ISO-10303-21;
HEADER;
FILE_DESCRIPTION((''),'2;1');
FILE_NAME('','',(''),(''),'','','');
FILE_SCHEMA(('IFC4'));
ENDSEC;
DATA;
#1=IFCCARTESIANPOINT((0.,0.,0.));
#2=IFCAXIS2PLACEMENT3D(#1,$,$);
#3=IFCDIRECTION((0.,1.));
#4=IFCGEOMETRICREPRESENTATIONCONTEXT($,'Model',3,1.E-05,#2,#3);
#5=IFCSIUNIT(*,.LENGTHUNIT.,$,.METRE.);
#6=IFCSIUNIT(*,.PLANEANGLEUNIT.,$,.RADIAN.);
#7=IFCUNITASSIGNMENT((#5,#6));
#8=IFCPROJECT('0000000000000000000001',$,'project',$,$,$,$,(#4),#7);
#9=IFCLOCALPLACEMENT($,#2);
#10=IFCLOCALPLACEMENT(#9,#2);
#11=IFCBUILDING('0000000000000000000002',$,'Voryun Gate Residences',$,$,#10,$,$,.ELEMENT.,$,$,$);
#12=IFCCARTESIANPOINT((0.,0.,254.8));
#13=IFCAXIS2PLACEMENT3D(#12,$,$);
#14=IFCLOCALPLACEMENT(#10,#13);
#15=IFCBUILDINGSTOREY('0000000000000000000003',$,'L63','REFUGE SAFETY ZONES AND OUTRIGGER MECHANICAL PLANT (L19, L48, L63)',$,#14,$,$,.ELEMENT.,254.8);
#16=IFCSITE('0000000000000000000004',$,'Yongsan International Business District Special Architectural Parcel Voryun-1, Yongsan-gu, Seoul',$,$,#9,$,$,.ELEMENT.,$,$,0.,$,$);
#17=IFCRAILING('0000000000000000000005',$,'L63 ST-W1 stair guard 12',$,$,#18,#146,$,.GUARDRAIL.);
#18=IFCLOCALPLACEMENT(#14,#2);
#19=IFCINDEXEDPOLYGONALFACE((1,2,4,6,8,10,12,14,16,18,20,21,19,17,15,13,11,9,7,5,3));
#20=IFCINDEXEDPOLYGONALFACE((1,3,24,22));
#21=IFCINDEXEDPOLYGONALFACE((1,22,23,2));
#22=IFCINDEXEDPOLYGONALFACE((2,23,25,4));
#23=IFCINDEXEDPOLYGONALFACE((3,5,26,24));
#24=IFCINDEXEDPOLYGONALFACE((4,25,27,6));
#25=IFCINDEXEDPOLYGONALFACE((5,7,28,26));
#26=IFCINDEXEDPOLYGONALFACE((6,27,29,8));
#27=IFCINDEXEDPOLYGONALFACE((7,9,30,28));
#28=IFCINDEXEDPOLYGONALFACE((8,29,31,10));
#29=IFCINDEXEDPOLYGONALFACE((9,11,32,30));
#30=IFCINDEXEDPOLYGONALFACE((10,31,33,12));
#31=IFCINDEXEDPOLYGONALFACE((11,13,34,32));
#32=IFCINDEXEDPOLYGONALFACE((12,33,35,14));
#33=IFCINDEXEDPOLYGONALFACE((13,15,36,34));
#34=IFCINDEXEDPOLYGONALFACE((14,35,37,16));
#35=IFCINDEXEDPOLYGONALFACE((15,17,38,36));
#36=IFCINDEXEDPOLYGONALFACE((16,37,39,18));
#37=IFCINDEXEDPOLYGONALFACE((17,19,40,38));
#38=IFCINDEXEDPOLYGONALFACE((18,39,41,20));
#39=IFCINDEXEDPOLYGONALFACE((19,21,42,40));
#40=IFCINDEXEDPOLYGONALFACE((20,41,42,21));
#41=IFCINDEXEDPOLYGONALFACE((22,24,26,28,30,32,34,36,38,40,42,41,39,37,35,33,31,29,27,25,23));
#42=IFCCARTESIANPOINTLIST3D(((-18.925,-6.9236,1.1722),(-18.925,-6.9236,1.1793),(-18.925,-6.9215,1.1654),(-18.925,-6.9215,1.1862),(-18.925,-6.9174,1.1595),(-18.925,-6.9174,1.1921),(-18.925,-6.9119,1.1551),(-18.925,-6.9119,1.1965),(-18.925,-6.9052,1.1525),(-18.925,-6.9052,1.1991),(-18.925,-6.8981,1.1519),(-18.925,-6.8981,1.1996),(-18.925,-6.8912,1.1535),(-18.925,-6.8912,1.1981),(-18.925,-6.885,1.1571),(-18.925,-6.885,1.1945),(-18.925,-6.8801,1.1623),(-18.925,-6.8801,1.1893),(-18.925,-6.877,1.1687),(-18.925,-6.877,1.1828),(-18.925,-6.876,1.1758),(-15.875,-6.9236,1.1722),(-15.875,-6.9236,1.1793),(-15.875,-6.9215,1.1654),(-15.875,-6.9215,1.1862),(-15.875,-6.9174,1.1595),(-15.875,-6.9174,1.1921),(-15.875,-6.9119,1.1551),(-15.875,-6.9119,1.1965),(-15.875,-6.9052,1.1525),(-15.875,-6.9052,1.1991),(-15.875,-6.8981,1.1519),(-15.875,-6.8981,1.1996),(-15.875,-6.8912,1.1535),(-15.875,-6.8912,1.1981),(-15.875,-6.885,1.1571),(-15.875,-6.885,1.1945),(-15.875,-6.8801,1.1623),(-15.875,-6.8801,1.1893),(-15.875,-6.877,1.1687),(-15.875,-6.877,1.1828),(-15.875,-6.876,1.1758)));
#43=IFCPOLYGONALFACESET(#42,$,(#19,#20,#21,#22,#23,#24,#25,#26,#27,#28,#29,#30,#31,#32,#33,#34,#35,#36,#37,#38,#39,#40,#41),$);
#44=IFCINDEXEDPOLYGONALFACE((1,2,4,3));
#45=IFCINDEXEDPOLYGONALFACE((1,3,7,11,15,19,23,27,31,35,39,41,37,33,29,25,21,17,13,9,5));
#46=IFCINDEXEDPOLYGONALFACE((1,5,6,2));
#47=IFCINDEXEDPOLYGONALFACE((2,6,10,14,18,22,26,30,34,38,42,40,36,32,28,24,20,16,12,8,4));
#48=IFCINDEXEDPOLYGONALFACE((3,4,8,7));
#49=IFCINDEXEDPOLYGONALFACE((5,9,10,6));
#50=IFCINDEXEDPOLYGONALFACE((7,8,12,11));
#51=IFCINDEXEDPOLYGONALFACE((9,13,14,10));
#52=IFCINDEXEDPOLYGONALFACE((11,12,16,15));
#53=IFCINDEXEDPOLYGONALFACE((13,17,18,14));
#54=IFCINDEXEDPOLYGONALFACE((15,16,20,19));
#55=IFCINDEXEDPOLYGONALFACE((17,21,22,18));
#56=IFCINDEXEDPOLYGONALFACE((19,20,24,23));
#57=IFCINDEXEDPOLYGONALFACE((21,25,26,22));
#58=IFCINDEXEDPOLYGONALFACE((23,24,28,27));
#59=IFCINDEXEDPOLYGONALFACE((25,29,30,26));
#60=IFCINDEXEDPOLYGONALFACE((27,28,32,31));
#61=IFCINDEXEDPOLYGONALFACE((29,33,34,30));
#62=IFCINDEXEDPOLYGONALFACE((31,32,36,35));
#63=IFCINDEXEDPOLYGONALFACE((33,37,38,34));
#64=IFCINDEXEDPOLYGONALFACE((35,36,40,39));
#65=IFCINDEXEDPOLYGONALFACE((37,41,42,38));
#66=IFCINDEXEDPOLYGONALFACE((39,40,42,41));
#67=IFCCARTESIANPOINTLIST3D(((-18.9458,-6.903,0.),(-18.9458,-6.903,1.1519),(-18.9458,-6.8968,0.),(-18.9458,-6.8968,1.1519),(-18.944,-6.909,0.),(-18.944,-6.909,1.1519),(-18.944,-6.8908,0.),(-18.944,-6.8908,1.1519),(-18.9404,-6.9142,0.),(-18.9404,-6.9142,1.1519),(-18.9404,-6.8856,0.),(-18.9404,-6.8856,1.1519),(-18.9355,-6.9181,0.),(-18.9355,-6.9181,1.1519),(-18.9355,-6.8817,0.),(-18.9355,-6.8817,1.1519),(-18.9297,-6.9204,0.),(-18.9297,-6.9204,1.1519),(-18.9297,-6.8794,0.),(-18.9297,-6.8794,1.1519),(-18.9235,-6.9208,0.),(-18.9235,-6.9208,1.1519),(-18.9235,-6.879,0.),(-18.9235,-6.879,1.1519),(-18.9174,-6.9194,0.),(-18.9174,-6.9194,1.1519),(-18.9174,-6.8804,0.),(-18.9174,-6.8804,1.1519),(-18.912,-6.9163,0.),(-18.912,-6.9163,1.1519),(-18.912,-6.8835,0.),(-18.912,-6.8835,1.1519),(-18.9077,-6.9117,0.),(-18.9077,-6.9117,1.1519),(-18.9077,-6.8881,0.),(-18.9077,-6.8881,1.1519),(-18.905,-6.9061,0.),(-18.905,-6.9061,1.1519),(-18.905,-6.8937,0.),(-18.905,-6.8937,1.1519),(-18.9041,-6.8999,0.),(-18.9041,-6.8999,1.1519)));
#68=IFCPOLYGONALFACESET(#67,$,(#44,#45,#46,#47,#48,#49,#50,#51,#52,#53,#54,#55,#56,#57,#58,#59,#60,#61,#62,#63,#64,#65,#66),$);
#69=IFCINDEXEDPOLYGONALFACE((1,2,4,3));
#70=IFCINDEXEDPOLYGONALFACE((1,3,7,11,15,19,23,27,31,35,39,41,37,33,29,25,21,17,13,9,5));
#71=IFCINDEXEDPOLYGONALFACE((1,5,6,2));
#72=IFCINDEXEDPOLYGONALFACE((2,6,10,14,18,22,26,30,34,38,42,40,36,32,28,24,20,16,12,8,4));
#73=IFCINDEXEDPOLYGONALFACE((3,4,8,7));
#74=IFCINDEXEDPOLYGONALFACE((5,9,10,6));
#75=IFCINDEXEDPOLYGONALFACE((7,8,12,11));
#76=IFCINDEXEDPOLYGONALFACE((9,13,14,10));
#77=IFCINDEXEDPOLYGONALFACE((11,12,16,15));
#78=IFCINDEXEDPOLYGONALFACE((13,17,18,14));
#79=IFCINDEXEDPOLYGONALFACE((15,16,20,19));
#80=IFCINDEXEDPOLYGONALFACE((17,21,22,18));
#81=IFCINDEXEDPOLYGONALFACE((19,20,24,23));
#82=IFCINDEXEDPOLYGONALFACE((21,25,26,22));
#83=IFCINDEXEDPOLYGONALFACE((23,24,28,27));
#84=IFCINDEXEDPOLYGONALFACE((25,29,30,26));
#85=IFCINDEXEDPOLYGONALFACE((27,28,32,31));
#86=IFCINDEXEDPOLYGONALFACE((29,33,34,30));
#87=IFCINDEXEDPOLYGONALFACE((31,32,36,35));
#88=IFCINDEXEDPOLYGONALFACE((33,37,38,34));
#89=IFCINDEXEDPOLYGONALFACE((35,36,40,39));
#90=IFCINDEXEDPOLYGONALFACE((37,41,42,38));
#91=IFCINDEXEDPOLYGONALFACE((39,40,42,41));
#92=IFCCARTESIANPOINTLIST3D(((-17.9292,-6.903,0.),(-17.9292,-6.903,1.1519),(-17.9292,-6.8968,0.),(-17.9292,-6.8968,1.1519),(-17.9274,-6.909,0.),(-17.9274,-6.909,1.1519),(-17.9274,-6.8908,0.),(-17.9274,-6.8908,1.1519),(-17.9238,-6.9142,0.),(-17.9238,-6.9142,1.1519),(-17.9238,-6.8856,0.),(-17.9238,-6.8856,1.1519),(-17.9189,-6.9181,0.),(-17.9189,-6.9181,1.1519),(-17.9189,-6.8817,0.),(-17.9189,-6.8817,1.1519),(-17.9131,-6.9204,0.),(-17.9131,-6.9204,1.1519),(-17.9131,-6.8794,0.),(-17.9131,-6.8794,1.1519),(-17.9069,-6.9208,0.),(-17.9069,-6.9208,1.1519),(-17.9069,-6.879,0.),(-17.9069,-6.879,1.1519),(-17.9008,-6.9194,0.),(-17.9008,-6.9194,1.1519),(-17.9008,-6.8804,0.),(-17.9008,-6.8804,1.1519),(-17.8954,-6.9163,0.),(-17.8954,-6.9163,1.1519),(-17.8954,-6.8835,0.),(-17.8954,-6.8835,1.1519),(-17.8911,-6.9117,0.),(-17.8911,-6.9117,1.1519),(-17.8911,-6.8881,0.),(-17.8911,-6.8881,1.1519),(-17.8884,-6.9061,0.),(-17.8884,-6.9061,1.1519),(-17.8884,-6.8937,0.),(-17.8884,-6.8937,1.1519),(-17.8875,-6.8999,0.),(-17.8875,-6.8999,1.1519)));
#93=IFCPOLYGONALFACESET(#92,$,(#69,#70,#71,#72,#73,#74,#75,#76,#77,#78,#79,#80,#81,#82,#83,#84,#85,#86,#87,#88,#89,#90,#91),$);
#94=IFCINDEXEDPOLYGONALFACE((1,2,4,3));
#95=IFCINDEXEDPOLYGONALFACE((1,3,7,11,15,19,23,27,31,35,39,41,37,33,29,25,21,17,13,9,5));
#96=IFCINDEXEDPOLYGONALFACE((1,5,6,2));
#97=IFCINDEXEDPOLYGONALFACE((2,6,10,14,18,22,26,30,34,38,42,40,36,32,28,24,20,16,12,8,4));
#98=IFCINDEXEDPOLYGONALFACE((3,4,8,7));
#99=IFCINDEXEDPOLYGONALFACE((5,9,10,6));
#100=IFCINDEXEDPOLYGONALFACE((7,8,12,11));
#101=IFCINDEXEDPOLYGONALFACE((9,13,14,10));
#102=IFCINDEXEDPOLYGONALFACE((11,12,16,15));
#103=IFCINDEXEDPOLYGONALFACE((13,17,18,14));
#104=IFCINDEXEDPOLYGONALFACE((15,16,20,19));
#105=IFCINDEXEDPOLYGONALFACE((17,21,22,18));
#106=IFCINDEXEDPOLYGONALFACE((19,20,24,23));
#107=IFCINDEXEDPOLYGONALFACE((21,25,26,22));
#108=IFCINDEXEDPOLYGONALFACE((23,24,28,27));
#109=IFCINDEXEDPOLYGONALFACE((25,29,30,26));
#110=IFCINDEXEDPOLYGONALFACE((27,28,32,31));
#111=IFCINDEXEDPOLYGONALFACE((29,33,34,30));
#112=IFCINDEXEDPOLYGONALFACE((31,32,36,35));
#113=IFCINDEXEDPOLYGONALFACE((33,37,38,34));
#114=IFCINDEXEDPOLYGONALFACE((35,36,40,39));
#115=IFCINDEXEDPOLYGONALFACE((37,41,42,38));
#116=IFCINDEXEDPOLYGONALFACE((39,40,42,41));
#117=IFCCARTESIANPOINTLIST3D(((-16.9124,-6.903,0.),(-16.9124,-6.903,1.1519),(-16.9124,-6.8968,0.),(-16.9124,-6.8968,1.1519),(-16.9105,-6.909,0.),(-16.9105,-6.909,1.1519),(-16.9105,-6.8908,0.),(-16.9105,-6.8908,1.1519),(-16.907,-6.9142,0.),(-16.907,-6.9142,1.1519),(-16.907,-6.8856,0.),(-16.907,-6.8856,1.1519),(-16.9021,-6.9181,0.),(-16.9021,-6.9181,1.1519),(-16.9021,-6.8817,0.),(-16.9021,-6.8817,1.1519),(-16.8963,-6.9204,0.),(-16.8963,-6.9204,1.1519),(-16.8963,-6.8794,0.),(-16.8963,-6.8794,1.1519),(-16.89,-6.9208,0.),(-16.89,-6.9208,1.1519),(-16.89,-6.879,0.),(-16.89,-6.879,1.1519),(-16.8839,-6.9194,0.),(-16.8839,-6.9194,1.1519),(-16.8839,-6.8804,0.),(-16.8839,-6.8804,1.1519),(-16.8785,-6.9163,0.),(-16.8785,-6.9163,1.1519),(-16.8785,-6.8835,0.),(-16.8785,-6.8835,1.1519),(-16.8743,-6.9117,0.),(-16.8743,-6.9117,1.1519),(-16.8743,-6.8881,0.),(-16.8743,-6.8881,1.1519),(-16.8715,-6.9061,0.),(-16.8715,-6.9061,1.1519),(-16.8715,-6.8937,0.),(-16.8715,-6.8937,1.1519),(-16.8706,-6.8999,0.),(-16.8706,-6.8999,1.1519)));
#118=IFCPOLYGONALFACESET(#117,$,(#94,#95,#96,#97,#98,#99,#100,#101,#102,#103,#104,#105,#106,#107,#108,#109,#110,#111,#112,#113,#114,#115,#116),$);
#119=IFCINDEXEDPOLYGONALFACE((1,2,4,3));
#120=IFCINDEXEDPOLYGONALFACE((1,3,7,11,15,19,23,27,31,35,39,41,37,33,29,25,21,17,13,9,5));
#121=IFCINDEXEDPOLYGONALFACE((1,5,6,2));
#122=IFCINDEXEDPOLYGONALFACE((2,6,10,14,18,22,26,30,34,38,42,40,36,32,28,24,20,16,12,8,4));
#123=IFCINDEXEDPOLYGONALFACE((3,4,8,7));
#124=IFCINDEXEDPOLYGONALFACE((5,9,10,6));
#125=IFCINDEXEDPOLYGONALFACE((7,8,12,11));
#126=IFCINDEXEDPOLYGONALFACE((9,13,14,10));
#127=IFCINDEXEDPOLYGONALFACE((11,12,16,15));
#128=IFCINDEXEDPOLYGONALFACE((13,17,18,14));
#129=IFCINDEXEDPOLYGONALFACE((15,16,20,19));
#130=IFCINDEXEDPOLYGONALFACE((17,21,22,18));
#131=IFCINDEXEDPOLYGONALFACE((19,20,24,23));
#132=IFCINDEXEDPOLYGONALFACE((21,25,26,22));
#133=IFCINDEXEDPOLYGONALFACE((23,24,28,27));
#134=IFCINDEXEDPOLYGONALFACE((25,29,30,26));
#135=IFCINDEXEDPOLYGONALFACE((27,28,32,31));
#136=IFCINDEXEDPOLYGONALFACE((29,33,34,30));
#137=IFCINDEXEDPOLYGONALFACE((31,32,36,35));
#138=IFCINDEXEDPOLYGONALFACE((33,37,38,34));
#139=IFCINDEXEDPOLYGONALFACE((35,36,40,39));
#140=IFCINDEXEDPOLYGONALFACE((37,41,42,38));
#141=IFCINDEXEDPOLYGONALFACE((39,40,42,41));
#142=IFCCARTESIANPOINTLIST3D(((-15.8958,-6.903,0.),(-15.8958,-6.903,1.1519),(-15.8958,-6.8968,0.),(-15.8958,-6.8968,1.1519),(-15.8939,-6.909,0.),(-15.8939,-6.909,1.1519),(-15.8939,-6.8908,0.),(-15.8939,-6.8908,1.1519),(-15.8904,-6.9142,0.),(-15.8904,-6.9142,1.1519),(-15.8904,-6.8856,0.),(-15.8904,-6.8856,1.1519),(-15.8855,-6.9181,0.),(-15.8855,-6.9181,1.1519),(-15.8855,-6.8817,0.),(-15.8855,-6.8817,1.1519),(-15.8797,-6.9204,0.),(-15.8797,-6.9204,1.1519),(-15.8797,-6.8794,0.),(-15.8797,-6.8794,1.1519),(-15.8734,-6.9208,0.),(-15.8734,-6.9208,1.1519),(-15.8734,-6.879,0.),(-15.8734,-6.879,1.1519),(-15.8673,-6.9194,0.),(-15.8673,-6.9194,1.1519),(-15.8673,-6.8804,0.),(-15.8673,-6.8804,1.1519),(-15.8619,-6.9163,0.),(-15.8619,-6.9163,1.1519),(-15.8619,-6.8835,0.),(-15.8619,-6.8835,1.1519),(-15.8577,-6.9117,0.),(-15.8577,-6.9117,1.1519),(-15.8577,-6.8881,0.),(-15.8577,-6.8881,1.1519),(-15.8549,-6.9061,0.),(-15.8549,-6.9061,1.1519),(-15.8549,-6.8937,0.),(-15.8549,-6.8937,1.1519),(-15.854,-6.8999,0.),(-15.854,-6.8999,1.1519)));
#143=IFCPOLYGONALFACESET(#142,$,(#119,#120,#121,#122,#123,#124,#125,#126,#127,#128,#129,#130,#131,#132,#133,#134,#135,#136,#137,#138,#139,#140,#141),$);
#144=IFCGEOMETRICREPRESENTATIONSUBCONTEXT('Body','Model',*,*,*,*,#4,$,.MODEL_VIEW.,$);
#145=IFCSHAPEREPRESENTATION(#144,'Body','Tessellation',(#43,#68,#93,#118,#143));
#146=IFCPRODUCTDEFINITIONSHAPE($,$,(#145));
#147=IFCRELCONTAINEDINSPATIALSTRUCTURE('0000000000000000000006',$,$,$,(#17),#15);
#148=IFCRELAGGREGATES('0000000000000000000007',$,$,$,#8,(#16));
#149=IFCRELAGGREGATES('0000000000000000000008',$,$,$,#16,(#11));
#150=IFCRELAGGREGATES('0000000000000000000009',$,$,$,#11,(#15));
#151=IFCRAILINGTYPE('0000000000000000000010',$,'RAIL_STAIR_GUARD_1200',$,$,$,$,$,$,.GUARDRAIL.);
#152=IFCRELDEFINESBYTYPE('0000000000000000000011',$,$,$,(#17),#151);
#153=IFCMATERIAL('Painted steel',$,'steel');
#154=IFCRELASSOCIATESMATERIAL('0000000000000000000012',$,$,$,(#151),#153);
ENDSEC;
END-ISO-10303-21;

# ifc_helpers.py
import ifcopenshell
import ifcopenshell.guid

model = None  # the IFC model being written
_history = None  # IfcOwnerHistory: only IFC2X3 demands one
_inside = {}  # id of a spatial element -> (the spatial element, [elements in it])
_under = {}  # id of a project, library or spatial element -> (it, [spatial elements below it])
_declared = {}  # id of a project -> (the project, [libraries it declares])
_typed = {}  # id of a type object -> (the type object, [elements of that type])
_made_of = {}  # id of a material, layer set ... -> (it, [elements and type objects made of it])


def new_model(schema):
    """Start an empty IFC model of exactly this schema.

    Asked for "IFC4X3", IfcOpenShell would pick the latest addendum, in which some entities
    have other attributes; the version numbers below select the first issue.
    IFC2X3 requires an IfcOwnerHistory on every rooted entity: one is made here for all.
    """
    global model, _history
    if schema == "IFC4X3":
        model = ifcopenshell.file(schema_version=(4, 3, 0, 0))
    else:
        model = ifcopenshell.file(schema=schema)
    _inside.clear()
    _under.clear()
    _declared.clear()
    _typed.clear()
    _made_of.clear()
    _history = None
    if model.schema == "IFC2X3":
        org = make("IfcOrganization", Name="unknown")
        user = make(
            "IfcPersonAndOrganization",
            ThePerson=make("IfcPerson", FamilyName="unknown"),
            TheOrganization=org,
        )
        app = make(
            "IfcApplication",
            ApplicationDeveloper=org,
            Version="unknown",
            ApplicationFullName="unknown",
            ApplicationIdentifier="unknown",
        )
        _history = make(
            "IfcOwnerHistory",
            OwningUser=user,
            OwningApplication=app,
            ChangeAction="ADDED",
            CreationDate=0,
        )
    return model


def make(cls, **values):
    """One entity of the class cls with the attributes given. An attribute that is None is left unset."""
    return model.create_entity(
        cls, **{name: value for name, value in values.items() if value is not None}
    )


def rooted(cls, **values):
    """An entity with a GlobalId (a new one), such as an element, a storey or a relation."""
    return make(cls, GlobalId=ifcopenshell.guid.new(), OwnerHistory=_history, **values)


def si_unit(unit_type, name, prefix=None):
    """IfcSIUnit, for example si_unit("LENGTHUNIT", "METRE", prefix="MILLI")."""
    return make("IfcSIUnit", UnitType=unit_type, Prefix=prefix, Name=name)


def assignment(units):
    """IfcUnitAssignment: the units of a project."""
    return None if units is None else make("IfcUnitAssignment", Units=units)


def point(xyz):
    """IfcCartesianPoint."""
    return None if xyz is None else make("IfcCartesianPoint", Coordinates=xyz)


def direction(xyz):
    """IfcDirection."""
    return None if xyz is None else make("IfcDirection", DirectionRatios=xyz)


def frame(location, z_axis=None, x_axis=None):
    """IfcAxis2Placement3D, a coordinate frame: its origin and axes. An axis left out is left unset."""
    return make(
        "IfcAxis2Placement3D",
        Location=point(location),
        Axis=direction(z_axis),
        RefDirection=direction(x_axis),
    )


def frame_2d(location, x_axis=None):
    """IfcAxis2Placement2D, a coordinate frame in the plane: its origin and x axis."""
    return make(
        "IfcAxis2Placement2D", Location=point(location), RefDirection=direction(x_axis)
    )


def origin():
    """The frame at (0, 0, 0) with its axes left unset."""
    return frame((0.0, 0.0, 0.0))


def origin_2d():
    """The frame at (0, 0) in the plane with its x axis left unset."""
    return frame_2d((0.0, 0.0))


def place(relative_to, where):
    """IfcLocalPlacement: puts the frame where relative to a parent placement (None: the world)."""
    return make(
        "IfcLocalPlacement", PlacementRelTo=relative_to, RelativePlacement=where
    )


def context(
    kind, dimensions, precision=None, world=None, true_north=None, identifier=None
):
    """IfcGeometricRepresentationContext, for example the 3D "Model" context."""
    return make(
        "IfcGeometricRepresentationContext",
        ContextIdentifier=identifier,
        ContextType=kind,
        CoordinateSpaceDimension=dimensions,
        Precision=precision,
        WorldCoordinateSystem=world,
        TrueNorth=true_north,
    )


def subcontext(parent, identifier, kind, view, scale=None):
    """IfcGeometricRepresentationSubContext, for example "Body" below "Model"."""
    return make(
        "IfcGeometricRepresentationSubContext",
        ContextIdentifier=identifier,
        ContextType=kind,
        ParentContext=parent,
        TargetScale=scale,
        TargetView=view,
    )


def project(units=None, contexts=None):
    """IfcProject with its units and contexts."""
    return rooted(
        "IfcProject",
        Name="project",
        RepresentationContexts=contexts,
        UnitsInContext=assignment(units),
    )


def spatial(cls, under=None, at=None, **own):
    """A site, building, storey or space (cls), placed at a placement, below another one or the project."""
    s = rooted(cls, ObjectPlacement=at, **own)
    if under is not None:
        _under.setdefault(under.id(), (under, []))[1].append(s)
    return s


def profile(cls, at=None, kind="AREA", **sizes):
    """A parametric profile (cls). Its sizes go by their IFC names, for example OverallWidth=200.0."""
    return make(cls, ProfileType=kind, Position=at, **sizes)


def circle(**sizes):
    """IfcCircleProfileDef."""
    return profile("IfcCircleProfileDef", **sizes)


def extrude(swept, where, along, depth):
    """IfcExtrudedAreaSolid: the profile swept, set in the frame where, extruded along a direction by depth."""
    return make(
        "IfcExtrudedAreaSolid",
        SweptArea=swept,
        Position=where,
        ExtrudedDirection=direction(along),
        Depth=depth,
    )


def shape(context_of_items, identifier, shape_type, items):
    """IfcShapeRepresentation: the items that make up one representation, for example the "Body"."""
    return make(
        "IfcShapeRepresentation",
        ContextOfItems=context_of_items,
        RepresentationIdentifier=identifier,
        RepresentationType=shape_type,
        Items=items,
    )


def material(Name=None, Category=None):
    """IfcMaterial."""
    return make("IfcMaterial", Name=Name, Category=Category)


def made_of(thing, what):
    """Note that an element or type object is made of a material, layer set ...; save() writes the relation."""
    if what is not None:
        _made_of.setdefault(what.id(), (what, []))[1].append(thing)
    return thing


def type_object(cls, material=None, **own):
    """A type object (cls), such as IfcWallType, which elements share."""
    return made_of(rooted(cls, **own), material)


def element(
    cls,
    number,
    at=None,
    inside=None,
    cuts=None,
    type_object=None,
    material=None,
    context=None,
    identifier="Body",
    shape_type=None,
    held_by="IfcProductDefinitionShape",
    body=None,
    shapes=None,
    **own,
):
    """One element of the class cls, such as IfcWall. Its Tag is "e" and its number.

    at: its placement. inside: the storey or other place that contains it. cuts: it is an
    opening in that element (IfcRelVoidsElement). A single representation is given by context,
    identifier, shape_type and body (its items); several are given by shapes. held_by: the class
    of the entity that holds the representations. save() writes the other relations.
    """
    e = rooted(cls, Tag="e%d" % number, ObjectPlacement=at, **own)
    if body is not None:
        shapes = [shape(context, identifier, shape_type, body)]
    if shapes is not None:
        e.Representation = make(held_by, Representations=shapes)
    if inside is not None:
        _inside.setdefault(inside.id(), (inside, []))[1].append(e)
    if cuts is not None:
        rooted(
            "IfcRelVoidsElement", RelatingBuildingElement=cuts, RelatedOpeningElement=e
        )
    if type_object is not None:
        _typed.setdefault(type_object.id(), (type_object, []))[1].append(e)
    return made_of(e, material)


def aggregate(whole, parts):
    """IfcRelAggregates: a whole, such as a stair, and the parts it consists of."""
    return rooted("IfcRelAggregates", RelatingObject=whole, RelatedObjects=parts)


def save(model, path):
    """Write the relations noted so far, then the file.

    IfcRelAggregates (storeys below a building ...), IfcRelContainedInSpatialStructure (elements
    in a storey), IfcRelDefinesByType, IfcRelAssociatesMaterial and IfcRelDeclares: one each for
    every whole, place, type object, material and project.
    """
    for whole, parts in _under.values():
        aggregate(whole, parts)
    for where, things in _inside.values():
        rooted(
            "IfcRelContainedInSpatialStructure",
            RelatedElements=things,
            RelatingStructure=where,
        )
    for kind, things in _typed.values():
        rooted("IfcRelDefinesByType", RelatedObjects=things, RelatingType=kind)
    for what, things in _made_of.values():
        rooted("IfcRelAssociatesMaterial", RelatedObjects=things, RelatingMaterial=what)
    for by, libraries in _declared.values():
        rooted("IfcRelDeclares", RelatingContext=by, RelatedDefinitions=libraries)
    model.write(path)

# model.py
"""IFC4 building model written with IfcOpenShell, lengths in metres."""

from ifc_helpers import new_model, si_unit, direction, frame, origin, origin_2d, place, context, subcontext, project, spatial, circle, extrude, material, type_object, element, save


model = new_model("IFC4")

# Units and contexts
model_context = context("Model", 3, precision=1e-05, world=origin(), true_north=direction((0.0, 1.0)))
body_context = subcontext(model_context, "Body", "Model", "MODEL_VIEW")
ifc_project = project(units=[si_unit("LENGTHUNIT", "METRE"), si_unit("PLANEANGLEUNIT", "RADIAN")], contexts=[model_context])

# Site, building, storey
site_placement = place(None, origin())
site = spatial("IfcSite", under=ifc_project, at=site_placement, Name="Yongsan International Business District Special Architectural Parcel Voryun-1, Yongsan-gu, Seoul", CompositionType="ELEMENT", RefElevation=0.0)
building_placement = place(site_placement, origin())
building = spatial("IfcBuilding", under=site, at=building_placement, Name="Voryun Gate Residences", CompositionType="ELEMENT")
storey_placement = place(building_placement, frame((0.0, 0.0, 254.8)))
storey = spatial("IfcBuildingStorey", under=building, at=storey_placement, Name="L63", Description="REFUGE SAFETY ZONES AND OUTRIGGER MECHANICAL PLANT (L19, L48, L63)", CompositionType="ELEMENT", Elevation=254.8)

# Railing
ifc_material_1 = material(Name="Painted steel", Category="steel")
railing_type = type_object("IfcRailingType", Name="RAIL_STAIR_GUARD_1200", PredefinedType="GUARDRAIL", material=ifc_material_1)
railing_placement = place(storey_placement, frame((-18.925, -6.8999, 0.0)))
element("IfcRailing", 1, at=railing_placement, inside=storey, type_object=railing_type, Name="L63 ST-W1 stair guard 12", PredefinedType="GUARDRAIL", context=body_context, shape_type="SweptSolid", body=[
    extrude(circle(Radius=0.0239, at=origin_2d()), frame((0.0, 0.0, 1.1758), z_axis=(1.0, 0.0, 0.0), x_axis=(0.0, 1.0, 0.0)), (0.0, 0.0, 1.0), 3.05),
    extrude(circle(Radius=0.021, at=origin_2d()), origin(), (0.0, 0.0, 1.0), 1.1519),
    extrude(circle(Radius=0.021, at=origin_2d()), frame((1.0166, 0.0, 0.0)), (0.0, 0.0, 1.0), 1.1519),
    extrude(circle(Radius=0.021, at=origin_2d()), frame((2.0334, 0.0, 0.0)), (0.0, 0.0, 1.0), 1.1519),
    extrude(circle(Radius=0.021, at=origin_2d()), frame((3.05, 0.0, 0.0)), (0.0, 0.0, 1.0), 1.1519),
])

save(model, "model.ifc")
